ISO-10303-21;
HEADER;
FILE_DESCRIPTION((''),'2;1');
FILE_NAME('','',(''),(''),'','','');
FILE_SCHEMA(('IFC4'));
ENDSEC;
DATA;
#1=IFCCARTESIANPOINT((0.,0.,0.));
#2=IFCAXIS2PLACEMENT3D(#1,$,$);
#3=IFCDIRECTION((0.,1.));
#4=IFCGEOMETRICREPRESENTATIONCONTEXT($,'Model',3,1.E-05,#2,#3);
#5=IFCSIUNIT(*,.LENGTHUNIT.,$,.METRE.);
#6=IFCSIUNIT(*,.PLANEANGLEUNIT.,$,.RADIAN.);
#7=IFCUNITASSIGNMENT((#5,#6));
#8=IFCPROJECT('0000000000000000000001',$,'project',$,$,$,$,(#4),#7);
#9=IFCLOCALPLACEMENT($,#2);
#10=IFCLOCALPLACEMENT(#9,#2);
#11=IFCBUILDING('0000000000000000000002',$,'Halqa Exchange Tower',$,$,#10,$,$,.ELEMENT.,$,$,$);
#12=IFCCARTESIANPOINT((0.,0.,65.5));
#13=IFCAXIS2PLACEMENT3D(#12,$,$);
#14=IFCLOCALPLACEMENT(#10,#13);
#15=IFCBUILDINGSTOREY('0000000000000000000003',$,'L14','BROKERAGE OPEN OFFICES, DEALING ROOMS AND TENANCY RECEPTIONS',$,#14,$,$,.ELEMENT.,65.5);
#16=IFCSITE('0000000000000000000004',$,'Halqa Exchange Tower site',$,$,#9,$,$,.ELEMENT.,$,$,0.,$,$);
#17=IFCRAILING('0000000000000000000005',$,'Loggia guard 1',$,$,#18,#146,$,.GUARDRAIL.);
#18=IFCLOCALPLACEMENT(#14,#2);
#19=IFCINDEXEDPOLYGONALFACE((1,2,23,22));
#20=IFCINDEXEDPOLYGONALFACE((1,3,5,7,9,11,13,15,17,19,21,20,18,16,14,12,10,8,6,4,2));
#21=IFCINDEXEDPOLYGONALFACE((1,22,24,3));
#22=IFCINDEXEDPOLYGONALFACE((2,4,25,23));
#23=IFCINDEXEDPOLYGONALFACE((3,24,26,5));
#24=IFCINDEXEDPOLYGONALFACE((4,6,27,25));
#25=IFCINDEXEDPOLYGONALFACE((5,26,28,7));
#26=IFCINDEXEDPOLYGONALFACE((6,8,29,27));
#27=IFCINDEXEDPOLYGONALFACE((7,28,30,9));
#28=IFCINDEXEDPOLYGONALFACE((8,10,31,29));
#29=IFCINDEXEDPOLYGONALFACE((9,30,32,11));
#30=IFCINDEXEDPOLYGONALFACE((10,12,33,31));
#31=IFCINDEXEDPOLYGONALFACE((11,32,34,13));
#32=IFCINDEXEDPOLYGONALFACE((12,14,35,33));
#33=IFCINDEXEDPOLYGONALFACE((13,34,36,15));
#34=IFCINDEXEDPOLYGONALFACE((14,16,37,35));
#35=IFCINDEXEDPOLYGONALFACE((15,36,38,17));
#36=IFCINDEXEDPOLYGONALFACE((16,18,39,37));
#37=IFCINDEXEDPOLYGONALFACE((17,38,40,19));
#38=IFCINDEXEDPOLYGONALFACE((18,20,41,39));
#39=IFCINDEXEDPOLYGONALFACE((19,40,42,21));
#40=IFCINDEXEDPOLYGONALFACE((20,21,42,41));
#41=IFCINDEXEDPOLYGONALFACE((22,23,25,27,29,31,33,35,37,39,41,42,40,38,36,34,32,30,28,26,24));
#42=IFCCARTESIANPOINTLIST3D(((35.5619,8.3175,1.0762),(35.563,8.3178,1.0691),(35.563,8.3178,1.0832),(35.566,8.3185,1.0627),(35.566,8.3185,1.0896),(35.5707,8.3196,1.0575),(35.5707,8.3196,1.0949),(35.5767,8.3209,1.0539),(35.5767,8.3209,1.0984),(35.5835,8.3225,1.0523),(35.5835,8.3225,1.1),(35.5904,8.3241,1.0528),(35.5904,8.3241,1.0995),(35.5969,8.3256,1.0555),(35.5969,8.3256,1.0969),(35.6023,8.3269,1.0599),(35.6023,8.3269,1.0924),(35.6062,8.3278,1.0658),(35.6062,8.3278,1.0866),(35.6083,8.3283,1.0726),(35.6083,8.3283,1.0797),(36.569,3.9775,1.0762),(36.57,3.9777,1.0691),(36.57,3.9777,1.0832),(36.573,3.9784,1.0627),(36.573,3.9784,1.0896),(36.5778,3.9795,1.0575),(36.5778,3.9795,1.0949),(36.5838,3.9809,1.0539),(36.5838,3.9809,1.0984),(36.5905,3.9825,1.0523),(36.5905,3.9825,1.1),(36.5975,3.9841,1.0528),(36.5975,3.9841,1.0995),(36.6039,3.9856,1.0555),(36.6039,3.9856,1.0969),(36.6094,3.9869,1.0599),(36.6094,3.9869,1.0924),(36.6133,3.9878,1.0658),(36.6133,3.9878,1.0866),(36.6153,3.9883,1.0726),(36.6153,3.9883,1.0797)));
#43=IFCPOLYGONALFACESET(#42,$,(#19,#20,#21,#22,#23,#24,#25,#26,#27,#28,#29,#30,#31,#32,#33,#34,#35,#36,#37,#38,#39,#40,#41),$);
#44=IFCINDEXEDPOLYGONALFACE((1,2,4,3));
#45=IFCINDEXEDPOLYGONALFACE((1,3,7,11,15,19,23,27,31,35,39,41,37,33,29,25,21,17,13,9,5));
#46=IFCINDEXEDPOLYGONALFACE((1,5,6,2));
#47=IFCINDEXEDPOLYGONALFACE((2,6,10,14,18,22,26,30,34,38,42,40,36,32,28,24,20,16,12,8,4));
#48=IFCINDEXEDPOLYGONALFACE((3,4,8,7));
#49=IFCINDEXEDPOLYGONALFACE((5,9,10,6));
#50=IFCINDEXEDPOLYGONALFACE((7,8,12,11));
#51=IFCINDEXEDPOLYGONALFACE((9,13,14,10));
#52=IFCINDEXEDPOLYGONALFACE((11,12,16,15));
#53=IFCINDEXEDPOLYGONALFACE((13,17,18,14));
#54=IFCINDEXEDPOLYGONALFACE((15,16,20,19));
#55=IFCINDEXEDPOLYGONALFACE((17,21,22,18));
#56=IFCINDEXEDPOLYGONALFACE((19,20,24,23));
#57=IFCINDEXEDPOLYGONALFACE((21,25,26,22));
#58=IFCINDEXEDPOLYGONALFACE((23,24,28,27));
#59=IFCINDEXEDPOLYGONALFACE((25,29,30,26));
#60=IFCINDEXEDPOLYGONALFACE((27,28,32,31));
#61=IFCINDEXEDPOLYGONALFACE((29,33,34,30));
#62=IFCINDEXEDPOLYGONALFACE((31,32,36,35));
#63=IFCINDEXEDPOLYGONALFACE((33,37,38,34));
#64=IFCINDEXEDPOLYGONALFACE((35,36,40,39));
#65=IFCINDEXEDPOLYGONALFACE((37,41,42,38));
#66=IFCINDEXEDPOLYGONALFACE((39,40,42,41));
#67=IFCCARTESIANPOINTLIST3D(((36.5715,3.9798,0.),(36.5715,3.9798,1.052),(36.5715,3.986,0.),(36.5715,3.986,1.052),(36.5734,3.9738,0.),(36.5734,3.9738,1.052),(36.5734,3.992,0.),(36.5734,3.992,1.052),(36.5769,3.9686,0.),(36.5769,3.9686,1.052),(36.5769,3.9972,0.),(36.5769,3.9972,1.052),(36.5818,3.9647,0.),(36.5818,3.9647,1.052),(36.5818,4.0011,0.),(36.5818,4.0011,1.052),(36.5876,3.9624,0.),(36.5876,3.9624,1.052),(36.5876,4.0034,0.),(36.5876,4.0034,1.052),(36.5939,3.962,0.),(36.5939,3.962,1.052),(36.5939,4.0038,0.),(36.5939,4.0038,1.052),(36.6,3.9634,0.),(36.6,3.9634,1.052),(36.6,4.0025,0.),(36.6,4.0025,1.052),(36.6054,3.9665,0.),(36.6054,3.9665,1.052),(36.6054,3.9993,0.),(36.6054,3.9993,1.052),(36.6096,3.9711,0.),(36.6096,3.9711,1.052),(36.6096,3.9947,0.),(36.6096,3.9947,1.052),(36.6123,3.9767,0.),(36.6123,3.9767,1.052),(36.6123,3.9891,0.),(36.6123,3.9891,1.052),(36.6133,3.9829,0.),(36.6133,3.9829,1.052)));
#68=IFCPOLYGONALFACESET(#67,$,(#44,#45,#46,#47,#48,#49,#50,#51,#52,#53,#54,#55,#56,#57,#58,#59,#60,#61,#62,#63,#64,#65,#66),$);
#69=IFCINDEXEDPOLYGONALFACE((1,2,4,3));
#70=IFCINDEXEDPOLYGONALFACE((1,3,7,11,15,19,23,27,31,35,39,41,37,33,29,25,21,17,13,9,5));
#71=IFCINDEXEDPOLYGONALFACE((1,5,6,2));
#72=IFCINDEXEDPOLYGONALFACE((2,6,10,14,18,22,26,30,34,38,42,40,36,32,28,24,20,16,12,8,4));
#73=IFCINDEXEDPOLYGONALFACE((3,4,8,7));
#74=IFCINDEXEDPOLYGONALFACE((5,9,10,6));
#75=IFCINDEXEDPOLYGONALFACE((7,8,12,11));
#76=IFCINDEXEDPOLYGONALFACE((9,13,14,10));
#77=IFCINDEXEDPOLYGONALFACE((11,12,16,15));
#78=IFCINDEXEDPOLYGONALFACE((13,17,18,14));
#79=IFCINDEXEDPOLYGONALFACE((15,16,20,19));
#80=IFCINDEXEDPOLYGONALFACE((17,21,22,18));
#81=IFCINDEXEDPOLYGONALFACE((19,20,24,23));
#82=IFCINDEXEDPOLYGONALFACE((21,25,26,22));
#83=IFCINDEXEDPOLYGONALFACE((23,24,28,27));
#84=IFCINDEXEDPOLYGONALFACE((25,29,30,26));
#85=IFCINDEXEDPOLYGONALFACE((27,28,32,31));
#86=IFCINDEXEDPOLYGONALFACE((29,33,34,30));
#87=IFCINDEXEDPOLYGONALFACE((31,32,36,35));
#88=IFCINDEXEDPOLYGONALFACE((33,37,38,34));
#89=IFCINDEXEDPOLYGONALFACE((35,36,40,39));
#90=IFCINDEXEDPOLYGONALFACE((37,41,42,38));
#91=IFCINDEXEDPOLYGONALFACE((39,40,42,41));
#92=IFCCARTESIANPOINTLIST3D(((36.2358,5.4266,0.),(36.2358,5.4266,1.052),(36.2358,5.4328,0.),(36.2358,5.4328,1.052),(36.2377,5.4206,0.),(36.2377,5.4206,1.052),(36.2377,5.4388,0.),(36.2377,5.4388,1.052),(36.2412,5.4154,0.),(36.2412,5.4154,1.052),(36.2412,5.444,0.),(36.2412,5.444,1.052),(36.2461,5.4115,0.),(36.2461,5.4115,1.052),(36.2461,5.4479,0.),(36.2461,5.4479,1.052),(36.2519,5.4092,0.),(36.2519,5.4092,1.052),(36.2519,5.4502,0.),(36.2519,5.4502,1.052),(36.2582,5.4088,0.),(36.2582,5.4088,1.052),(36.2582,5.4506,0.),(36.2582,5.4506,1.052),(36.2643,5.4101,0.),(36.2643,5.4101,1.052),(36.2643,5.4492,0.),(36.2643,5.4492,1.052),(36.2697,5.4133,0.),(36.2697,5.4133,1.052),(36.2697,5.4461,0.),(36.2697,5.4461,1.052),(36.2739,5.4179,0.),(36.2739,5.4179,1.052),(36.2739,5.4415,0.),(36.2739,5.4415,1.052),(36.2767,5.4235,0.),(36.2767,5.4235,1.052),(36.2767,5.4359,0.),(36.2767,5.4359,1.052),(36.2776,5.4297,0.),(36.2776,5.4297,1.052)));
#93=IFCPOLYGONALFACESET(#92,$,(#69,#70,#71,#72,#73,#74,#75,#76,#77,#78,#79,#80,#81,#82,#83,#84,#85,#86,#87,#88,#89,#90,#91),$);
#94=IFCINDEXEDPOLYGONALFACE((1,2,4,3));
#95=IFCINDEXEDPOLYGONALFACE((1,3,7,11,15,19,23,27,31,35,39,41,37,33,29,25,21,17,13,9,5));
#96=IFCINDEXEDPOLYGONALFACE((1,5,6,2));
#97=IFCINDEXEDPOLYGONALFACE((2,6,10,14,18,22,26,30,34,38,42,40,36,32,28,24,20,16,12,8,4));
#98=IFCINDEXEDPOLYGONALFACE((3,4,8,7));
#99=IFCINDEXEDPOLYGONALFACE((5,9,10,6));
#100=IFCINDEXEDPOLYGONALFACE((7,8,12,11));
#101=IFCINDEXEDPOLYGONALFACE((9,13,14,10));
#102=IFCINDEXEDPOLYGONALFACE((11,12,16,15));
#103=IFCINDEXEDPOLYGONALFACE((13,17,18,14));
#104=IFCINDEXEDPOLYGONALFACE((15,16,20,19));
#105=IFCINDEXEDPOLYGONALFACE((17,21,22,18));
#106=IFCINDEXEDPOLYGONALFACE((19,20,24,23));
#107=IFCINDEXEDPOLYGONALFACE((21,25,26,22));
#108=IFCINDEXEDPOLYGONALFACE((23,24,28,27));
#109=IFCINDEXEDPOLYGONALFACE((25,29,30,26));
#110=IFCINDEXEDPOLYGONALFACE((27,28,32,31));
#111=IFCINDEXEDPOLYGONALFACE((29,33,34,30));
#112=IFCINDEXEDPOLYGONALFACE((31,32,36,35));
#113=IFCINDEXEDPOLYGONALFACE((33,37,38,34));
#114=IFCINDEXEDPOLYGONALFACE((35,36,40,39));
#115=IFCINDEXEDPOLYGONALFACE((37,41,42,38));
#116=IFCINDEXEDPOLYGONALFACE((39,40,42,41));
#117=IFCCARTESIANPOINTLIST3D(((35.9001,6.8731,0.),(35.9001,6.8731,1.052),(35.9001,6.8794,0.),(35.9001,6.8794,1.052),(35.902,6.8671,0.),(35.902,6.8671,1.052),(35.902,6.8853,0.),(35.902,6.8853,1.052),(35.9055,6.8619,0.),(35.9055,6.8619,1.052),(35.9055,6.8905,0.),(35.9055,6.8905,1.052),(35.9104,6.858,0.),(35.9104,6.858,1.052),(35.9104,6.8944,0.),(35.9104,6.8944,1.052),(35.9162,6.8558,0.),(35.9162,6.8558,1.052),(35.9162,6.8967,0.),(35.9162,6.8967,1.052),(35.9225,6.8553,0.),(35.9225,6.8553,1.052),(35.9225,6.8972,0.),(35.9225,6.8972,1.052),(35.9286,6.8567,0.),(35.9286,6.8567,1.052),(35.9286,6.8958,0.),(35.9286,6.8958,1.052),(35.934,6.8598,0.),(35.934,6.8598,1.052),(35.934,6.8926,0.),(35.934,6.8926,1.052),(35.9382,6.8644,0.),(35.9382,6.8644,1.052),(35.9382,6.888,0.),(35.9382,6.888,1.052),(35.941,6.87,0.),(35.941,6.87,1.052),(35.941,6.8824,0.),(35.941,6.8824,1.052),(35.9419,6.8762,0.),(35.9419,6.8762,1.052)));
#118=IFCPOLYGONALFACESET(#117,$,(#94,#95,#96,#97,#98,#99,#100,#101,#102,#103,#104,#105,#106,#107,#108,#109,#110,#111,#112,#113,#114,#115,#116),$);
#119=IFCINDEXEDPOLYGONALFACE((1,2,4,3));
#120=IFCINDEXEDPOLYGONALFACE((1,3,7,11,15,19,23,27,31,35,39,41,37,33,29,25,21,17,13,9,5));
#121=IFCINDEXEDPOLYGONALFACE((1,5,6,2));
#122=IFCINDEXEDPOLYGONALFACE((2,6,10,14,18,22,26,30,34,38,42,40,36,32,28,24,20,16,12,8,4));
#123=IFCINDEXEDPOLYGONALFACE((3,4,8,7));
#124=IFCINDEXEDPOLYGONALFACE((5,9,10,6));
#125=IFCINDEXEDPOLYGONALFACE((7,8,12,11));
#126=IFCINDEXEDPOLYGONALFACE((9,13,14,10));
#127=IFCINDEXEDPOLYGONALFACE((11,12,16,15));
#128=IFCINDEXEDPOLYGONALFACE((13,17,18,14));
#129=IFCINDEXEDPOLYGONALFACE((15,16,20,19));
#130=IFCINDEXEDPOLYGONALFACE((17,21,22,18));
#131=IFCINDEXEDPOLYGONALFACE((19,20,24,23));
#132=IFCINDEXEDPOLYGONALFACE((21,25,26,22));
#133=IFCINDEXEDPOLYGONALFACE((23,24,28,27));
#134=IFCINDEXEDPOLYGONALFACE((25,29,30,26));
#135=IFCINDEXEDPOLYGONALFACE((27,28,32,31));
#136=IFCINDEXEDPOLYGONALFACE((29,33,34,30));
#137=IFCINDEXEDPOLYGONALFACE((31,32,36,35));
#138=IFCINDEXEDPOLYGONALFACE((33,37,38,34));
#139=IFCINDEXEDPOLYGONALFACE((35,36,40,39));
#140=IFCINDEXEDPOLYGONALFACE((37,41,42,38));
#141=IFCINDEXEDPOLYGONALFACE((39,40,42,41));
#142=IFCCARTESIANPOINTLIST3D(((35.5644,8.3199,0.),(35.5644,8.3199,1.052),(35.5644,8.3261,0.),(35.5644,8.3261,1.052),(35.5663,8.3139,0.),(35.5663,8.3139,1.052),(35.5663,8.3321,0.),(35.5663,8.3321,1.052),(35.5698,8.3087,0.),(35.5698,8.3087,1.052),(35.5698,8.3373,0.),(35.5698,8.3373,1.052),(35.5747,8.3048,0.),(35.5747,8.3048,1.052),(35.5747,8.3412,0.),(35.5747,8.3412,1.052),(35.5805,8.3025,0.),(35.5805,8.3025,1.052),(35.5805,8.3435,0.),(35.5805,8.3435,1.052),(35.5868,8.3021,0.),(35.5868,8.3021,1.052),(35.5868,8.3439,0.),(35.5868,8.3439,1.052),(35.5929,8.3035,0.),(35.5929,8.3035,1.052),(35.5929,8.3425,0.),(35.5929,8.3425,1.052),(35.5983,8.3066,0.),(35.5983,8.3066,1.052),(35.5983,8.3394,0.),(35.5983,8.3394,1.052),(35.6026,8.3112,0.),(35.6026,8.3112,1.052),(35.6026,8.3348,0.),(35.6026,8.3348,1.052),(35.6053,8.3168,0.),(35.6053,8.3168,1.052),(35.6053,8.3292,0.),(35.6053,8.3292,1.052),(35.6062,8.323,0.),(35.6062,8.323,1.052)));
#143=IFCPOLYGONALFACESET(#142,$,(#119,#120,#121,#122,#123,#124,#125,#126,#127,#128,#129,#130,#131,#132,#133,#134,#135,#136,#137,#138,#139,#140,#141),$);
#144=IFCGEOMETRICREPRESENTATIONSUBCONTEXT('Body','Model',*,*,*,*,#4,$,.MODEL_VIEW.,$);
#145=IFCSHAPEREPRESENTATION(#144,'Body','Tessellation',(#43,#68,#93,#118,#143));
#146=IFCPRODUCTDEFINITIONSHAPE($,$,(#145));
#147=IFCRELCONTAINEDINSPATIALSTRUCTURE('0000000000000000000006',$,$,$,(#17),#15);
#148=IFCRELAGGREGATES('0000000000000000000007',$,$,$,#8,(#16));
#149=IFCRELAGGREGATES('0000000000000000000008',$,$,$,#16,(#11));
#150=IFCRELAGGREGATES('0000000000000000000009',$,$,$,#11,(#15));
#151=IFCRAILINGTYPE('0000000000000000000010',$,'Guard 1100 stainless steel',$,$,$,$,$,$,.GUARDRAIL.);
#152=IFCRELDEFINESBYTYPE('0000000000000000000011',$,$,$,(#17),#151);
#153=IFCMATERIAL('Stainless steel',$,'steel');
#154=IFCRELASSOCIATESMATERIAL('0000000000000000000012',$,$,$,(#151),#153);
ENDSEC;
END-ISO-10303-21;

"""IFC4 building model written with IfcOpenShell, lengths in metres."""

from ifc_helpers import new_model, si_unit, direction, frame, origin, origin_2d, place, context, subcontext, project, spatial, circle, extrude, material, type_object, element, save


model = new_model("IFC4")

# Units and contexts
model_context = context("Model", 3, precision=1e-05, world=origin(), true_north=direction((0.0, 1.0)))
body_context = subcontext(model_context, "Body", "Model", "MODEL_VIEW")
ifc_project = project(units=[si_unit("LENGTHUNIT", "METRE"), si_unit("PLANEANGLEUNIT", "RADIAN")], contexts=[model_context])

# Site, building, storey
site_placement = place(None, origin())
site = spatial("IfcSite", under=ifc_project, at=site_placement, Name="Halqa Exchange Tower site", CompositionType="ELEMENT", RefElevation=0.0)
building_placement = place(site_placement, origin())
building = spatial("IfcBuilding", under=site, at=building_placement, Name="Halqa Exchange Tower", CompositionType="ELEMENT")
storey_placement = place(building_placement, frame((0.0, 0.0, 65.5)))
storey = spatial("IfcBuildingStorey", under=building, at=storey_placement, Name="L14", Description="BROKERAGE OPEN OFFICES, DEALING ROOMS AND TENANCY RECEPTIONS", CompositionType="ELEMENT", Elevation=65.5)

# Railing
ifc_material_1 = material(Name="Stainless steel", Category="steel")
railing_type = type_object("IfcRailingType", Name="Guard 1100 stainless steel", PredefinedType="GUARDRAIL", material=ifc_material_1)
railing_1_placement = place(storey_placement, frame((36.5923, 3.9829, 0.0)))
element("IfcRailing", 1, at=railing_1_placement, inside=storey, type_object=railing_type, Name="Loggia guard 1", PredefinedType="GUARDRAIL", context=body_context, shape_type="SweptSolid", body=[
    extrude(circle(Radius=0.0239, at=origin_2d()), frame((0.0, 0.0, 1.0762), z_axis=(-0.226036, 0.974119, 0.0), x_axis=(-0.974119, -0.226036, 0.0)), (0.0, 0.0, 1.0), 4.4553),
    extrude(circle(Radius=0.021, at=origin_2d()), origin(), (0.0, 0.0, 1.0), 1.052),
    extrude(circle(Radius=0.021, at=origin_2d()), frame((-0.3357, 1.4468, 0.0)), (0.0, 0.0, 1.0), 1.052),
    extrude(circle(Radius=0.021, at=origin_2d()), frame((-0.6714, 2.8933, 0.0)), (0.0, 0.0, 1.0), 1.052),
    extrude(circle(Radius=0.021, at=origin_2d()), frame((-1.0071, 4.3401, 0.0)), (0.0, 0.0, 1.0), 1.052),
])

save(model, "model.ifc")
